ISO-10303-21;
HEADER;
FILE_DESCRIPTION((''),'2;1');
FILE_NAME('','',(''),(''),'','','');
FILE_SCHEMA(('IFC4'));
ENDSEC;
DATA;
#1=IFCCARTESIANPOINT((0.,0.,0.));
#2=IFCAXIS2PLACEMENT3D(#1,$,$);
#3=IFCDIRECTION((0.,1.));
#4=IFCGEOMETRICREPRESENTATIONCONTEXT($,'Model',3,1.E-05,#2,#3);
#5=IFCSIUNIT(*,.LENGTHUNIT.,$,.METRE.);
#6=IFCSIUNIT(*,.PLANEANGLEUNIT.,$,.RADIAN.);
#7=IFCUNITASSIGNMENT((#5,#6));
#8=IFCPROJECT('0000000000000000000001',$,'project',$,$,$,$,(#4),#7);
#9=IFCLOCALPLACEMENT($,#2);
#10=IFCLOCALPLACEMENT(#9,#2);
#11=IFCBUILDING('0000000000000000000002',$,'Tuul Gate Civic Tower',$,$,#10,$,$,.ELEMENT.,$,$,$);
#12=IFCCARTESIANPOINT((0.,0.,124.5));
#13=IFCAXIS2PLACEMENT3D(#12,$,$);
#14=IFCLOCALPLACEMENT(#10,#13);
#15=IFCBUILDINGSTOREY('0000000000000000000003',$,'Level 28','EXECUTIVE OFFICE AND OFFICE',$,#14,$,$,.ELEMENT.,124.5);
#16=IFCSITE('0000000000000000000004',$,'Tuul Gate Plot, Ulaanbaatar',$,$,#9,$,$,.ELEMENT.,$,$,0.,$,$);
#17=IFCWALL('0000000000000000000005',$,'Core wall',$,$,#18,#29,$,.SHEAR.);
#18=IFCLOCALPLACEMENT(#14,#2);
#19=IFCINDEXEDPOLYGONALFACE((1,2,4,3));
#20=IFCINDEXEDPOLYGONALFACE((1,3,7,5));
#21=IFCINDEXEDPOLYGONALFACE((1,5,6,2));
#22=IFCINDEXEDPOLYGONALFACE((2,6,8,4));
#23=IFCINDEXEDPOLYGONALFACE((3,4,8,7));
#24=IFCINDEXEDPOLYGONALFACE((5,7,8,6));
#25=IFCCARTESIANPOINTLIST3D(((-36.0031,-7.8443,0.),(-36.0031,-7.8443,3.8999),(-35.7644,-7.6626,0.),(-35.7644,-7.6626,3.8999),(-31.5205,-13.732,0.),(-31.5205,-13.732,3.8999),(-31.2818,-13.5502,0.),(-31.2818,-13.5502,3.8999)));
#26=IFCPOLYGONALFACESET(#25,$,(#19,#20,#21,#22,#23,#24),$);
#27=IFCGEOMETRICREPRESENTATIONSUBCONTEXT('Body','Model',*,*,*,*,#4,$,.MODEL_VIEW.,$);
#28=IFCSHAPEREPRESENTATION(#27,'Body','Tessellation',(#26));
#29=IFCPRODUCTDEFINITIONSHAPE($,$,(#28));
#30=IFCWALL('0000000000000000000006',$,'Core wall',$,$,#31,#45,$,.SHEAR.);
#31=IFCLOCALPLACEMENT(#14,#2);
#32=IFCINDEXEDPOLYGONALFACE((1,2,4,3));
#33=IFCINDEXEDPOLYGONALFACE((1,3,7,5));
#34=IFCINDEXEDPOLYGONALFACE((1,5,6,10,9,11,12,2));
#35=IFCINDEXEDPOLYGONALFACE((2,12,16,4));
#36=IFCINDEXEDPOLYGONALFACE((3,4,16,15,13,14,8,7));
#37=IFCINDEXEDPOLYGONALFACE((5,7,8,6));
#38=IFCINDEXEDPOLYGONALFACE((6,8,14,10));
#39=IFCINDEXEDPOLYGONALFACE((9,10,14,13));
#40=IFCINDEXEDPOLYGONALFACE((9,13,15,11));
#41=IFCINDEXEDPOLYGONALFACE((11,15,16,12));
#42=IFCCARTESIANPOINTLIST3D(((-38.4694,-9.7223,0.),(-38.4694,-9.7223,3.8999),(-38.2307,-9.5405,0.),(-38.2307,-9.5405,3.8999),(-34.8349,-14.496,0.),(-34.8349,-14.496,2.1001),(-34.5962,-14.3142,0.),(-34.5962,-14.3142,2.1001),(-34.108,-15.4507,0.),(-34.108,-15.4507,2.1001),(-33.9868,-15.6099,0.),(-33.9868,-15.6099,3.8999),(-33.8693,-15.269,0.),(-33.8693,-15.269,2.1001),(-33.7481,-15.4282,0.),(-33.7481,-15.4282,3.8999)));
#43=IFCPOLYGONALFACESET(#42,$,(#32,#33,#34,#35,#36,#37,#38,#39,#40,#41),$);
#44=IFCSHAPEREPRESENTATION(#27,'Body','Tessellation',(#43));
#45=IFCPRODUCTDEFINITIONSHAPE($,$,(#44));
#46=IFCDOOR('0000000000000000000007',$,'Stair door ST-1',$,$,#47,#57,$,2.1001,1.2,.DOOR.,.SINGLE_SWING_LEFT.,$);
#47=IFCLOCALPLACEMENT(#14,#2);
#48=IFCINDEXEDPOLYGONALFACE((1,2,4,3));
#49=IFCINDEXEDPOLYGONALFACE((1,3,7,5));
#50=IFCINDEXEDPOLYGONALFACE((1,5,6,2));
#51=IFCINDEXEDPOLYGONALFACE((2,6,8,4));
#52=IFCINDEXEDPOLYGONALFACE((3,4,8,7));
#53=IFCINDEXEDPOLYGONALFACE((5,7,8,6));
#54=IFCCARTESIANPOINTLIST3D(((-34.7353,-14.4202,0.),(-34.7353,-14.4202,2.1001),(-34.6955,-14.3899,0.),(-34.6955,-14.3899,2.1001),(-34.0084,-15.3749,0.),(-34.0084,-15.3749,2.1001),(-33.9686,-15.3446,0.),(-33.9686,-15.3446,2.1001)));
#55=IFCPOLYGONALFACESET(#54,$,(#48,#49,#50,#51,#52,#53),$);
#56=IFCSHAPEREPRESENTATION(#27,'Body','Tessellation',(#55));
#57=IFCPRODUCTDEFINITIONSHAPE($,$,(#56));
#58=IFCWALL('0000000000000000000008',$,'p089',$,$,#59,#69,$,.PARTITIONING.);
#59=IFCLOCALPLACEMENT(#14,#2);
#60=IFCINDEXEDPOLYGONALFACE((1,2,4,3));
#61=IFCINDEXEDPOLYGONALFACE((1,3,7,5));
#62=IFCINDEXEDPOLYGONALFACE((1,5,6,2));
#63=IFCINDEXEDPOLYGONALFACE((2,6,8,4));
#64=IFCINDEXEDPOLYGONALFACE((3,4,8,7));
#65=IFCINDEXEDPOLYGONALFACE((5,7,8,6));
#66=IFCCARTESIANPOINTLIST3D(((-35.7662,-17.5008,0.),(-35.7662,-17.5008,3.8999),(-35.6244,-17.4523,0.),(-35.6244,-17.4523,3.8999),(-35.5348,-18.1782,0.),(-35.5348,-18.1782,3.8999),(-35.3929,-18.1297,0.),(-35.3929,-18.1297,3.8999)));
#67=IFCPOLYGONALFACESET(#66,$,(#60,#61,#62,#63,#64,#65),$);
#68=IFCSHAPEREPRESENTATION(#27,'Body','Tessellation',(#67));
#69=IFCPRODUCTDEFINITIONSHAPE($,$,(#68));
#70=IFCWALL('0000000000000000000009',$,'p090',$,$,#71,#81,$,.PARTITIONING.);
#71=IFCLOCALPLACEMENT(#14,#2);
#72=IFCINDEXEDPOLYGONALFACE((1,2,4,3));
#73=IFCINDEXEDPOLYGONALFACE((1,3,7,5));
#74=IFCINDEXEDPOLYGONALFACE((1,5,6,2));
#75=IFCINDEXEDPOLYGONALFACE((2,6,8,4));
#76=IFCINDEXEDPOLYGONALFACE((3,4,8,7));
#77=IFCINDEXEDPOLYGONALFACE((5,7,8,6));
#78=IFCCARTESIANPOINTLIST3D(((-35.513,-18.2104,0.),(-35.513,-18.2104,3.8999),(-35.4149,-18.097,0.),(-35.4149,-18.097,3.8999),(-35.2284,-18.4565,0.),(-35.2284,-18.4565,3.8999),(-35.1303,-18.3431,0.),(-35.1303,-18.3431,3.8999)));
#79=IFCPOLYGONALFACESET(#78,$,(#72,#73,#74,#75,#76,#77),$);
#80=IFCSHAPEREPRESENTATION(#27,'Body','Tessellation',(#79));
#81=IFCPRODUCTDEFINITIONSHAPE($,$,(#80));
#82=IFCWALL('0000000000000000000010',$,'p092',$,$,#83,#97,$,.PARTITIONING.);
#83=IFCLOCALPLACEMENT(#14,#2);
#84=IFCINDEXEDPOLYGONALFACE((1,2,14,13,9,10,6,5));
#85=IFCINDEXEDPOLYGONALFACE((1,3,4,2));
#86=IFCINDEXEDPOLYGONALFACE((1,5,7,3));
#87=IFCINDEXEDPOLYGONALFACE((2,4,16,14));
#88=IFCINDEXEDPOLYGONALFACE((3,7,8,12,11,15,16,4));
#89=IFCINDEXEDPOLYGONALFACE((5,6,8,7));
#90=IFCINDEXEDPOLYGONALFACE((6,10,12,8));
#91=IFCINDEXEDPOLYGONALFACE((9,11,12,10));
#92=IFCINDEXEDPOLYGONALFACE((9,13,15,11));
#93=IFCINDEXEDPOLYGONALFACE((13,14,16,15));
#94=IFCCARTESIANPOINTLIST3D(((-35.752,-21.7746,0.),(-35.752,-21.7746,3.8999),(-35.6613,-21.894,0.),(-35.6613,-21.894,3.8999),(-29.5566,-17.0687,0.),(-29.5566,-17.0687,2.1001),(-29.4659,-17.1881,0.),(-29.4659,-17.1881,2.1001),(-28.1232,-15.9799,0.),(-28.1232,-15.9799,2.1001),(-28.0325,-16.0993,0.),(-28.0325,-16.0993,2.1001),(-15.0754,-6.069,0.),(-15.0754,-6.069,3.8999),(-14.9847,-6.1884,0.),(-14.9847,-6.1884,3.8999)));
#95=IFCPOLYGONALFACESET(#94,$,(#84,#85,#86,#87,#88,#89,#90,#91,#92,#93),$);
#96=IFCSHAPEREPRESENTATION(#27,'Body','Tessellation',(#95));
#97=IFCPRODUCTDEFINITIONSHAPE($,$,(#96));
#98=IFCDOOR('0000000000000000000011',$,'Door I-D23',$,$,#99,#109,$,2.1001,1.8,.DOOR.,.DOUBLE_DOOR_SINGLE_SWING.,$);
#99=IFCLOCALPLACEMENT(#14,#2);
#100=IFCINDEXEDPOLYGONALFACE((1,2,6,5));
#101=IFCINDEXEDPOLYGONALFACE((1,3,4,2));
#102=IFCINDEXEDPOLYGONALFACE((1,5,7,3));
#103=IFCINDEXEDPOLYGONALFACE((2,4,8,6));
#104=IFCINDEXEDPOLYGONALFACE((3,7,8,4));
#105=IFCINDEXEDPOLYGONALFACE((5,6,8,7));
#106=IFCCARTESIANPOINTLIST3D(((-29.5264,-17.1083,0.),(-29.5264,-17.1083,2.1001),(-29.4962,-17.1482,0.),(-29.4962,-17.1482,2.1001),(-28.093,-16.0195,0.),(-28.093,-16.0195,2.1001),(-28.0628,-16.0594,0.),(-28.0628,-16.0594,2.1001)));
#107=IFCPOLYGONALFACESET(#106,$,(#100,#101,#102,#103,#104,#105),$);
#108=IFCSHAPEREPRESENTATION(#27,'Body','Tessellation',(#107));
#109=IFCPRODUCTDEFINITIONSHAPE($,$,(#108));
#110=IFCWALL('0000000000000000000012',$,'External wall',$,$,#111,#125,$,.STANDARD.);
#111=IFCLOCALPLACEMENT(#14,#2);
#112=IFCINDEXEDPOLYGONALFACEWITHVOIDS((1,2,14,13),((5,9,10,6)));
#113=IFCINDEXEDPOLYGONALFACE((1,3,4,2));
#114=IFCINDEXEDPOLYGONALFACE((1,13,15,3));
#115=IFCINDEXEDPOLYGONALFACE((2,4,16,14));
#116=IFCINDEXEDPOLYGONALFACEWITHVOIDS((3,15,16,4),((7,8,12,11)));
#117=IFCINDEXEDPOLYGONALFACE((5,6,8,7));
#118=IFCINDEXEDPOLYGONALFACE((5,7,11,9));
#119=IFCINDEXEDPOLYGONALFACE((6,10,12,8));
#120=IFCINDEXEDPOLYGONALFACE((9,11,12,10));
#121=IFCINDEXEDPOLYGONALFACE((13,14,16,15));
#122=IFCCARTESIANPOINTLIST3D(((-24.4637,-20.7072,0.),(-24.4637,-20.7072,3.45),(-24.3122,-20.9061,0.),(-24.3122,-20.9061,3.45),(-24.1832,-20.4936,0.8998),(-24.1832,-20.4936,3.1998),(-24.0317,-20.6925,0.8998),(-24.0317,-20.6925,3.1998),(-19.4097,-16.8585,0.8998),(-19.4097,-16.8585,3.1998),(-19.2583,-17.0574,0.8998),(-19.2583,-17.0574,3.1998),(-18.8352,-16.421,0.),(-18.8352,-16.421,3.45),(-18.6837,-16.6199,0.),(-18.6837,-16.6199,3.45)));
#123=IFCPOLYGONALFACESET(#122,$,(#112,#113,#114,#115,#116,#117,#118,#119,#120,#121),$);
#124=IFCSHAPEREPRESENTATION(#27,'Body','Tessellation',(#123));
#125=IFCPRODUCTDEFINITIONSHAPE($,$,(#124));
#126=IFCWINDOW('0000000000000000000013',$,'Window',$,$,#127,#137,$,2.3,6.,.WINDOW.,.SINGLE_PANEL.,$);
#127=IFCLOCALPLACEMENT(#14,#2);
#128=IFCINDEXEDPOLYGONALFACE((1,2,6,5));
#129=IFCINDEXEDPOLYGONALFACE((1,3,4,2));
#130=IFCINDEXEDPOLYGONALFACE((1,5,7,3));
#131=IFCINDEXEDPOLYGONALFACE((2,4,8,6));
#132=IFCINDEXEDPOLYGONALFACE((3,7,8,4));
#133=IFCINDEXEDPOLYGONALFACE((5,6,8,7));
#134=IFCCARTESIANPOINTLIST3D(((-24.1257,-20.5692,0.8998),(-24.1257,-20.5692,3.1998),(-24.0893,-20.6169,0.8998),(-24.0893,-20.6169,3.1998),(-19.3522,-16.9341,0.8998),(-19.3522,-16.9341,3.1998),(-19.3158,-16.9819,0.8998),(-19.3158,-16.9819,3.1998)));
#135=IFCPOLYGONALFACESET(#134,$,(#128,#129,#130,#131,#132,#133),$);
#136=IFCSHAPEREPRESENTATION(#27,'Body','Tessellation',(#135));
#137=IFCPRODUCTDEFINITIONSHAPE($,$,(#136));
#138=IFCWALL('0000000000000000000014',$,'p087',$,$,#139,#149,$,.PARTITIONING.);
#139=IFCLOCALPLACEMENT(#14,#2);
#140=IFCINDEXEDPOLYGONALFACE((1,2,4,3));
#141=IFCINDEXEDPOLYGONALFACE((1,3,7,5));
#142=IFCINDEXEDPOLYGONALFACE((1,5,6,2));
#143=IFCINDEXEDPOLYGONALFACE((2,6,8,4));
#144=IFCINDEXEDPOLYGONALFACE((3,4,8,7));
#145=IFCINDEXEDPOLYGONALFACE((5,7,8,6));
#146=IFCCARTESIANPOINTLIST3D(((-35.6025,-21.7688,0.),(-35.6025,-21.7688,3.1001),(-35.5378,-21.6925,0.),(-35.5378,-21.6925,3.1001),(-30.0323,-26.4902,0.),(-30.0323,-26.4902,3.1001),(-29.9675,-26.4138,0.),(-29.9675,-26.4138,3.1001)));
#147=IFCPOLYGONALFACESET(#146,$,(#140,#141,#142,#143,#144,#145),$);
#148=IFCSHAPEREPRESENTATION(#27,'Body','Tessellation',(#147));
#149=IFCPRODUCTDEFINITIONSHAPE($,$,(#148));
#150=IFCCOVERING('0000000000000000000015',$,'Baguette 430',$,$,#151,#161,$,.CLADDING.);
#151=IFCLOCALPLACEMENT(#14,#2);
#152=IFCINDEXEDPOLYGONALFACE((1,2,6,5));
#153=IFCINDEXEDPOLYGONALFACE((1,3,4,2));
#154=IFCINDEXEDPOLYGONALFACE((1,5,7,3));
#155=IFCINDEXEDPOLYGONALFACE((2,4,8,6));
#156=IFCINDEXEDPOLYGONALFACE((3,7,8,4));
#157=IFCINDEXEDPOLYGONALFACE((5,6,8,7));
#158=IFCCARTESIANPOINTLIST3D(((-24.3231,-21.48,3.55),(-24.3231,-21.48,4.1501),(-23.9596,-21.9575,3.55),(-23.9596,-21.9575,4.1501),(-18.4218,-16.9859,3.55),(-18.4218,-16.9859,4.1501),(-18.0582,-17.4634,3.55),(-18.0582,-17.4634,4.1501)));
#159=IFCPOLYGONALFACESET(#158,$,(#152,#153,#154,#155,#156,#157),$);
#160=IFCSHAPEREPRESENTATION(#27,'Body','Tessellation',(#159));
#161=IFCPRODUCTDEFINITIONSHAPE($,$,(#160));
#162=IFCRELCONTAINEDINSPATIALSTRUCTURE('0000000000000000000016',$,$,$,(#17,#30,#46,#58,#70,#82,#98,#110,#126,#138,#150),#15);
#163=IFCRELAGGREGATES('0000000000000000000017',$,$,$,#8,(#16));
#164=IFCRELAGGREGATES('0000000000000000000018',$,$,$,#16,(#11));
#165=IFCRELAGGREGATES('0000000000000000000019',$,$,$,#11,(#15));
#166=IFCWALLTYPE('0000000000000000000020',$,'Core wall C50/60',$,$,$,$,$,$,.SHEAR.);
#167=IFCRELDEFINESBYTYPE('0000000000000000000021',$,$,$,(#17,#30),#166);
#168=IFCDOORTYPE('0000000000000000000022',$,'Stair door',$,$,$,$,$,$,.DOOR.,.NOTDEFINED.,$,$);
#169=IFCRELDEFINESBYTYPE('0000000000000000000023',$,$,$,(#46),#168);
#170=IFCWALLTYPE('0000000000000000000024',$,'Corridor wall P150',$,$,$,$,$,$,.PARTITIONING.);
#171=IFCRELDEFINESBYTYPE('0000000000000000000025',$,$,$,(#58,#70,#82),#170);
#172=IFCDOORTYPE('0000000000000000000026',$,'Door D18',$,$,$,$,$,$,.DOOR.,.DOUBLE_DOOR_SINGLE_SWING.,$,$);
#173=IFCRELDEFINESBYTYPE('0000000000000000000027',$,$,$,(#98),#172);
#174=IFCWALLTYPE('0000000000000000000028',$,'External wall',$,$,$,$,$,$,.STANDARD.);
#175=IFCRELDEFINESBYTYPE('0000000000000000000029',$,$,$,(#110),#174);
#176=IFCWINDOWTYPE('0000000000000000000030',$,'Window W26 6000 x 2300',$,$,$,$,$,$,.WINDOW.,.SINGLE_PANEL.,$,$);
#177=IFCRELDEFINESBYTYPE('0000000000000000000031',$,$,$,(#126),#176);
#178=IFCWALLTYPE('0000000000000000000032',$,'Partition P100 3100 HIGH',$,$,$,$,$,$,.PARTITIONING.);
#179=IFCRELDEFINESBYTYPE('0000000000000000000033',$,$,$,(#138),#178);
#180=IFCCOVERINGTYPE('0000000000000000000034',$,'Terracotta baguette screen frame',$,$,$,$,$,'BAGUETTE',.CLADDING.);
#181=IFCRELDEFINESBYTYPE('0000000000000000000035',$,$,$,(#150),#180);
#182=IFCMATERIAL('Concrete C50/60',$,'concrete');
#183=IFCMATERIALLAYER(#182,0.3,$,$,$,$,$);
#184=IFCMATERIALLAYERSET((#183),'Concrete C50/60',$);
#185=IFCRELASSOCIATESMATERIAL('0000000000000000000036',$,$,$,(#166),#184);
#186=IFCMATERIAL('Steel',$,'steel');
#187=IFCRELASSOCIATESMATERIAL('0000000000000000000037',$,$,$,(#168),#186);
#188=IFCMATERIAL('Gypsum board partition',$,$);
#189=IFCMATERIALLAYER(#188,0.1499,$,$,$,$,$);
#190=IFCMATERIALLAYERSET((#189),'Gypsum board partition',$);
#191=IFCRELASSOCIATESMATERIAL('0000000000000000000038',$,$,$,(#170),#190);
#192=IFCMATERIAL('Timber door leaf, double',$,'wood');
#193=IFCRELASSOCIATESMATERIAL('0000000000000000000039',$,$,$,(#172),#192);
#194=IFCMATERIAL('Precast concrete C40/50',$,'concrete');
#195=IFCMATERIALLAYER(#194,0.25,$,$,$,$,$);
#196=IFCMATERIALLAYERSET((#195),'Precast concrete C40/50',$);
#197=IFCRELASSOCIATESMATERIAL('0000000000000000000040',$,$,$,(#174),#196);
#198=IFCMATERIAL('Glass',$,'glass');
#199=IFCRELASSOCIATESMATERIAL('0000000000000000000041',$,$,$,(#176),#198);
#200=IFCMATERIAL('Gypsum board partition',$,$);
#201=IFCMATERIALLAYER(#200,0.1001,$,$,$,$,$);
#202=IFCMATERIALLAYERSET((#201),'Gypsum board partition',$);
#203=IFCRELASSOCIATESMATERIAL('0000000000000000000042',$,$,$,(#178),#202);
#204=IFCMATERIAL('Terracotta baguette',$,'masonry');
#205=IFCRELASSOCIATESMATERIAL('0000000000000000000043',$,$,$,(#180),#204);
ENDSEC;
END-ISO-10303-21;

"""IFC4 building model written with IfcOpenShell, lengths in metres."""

from ifc_helpers import new_model, si_unit, direction, frame, frame_2d, origin, origin_2d, place, context, subcontext, project, spatial, rectangle, extrude, material, layer, layer_set, material_profile, profile_set, type_object, element, fill, save


model = new_model("IFC4")

# Units and contexts
model_context = context("Model", 3, precision=1e-05, world=origin(), true_north=direction((0.0, 1.0)))
body_context = subcontext(model_context, "Body", "Model", "MODEL_VIEW")
ifc_project = project(units=[si_unit("LENGTHUNIT", "METRE"), si_unit("PLANEANGLEUNIT", "RADIAN")], contexts=[model_context])

# Site, building, storey
site_placement = place(None, origin())
site = spatial("IfcSite", under=ifc_project, at=site_placement, Name="Tuul Gate Plot, Ulaanbaatar", CompositionType="ELEMENT", RefElevation=0.0)
building_placement = place(site_placement, origin())
building = spatial("IfcBuilding", under=site, at=building_placement, Name="Tuul Gate Civic Tower", CompositionType="ELEMENT")
storey_placement = place(building_placement, frame((0.0, 0.0, 124.5)))
storey = spatial("IfcBuildingStorey", under=building, at=storey_placement, Name="Level 28", Description="EXECUTIVE OFFICE AND OFFICE", CompositionType="ELEMENT", Elevation=124.5)

# Shared definitions
ifc_material_1 = material(Name="Concrete C50/60", Category="concrete")
ifc_layer_1 = layer(ifc_material_1, 0.3)
ifc_layer_set_1 = layer_set([ifc_layer_1], Name="Concrete C50/60")
wall_type_1 = type_object("IfcWallType", Name="Core wall C50/60", PredefinedType="SHEAR", material=ifc_layer_set_1)

# Wall
wall_1_placement = place(storey_placement, frame((-31.4011, -13.6411, 0.0), z_axis=(0.0, 0.0, 1.0), x_axis=(-0.60577, 0.79564, 0.0)))
element("IfcWall", 1, at=wall_1_placement, inside=storey, type_object=wall_type_1, Name="Core wall", PredefinedType="SHEAR", context=body_context, shape_type="SweptSolid", body=[
    extrude(rectangle(XDim=7.3999, YDim=0.3, at=frame_2d((3.7, 0.0))), origin(), (0.0, 0.0, 1.0), 3.8999),
])

# Wall, opening, door
wall_2_placement = place(storey_placement, frame((-33.8674, -15.519, 0.0), z_axis=(0.0, 0.0, 1.0), x_axis=(-0.60577, 0.79564, 0.0)))
wall_2 = element("IfcWall", 2, at=wall_2_placement, inside=storey, type_object=wall_type_1, Name="Core wall", PredefinedType="SHEAR", context=body_context, shape_type="SweptSolid", body=[
    extrude(rectangle(XDim=7.3999, YDim=0.3, at=frame_2d((3.7, 0.0))), origin(), (0.0, 0.0, 1.0), 3.8999),
])
opening_1_placement = place(wall_2_placement, frame((0.2, 0.0, 0.0)))
opening_1 = element("IfcOpeningElement", 3, at=opening_1_placement, cuts=wall_2, PredefinedType="OPENING", context=body_context, shape_type="SweptSolid", body=[
    extrude(rectangle(XDim=1.2, YDim=2.1001, at=frame_2d((0.6001, 1.05))), frame((0.0, 0.1602, 0.0), z_axis=(0.0, -1.0, 0.0), x_axis=(1.0, 0.0, 0.0)), (0.0, 0.0, 1.0), 0.3201),
])
ifc_material_2 = material(Name="Steel", Category="steel")
door_type_1 = type_object("IfcDoorType", Name="Stair door", OperationType="NOTDEFINED", PredefinedType="DOOR", material=ifc_material_2)
door_1_placement = place(opening_1_placement, origin())
door_1 = element("IfcDoor", 4, at=door_1_placement, inside=storey, type_object=door_type_1, Name="Stair door ST-1", OperationType="SINGLE_SWING_LEFT", OverallHeight=2.1001, OverallWidth=1.2, PredefinedType="DOOR", context=body_context, shape_type="SweptSolid", body=[
    extrude(rectangle(XDim=1.2, YDim=2.1001, at=frame_2d((0.6001, 1.05))), frame((0.0, 0.0249, 0.0), z_axis=(0.0, -1.0, 0.0), x_axis=(1.0, 0.0, 0.0)), (0.0, 0.0, 1.0), 0.05),
])
fill(opening_1, door_1)

# Walls
ifc_material_3 = material(Name="Gypsum board partition")
ifc_layer_2 = layer(ifc_material_3, 0.1499)
ifc_layer_set_2 = layer_set([ifc_layer_2], Name="Gypsum board partition")
wall_type_2 = type_object("IfcWallType", Name="Corridor wall P150", PredefinedType="PARTITIONING", material=ifc_layer_set_2)
wall_3_placement = place(storey_placement, frame((-35.6953, -17.4766, 0.0), z_axis=(0.0, 0.0, 1.0), x_axis=(0.323382, -0.946268, 0.0)))
element("IfcWall", 5, at=wall_3_placement, inside=storey, type_object=wall_type_2, Name="p089", PredefinedType="PARTITIONING", context=body_context, shape_type="SweptSolid", body=[
    extrude(rectangle(XDim=0.7158, YDim=0.1499, at=frame_2d((0.3579, 0.0))), origin(), (0.0, 0.0, 1.0), 3.8999),
])
wall_4_placement = place(storey_placement, frame((-35.4639, -18.1538, 0.0), z_axis=(0.0, 0.0, 1.0), x_axis=(0.756502, -0.653991, 0.0)))
element("IfcWall", 6, at=wall_4_placement, inside=storey, type_object=wall_type_2, Name="p090", PredefinedType="PARTITIONING", context=body_context, shape_type="SweptSolid", body=[
    extrude(rectangle(XDim=0.3762, YDim=0.1499, at=frame_2d((0.188, 0.0))), origin(), (0.0, 0.0, 1.0), 3.8999),
])

# Wall, opening, door
wall_5_placement = place(storey_placement, frame((-35.7065, -21.8342, 0.0), z_axis=(0.0, 0.0, 1.0), x_axis=(0.796321, 0.604874, 0.0)))
wall_5 = element("IfcWall", 7, at=wall_5_placement, inside=storey, type_object=wall_type_2, Name="p092", PredefinedType="PARTITIONING", context=body_context, shape_type="SweptSolid", body=[
    extrude(rectangle(XDim=25.9651, YDim=0.1499, at=frame_2d((12.9824, 0.0))), origin(), (0.0, 0.0, 1.0), 3.8999),
])
opening_2_placement = place(wall_5_placement, frame((7.78, 0.0, 0.0)))
opening_2 = element("IfcOpeningElement", 8, at=opening_2_placement, cuts=wall_5, PredefinedType="OPENING", context=body_context, shape_type="SweptSolid", body=[
    extrude(rectangle(XDim=1.8, YDim=2.1001, at=frame_2d((0.8999, 1.05))), frame((0.0, 0.085, 0.0), z_axis=(0.0, -1.0, 0.0), x_axis=(1.0, 0.0, 0.0)), (0.0, 0.0, 1.0), 0.1699),
])
ifc_material_4 = material(Name="Timber door leaf, double", Category="wood")
door_type_2 = type_object("IfcDoorType", Name="Door D18", OperationType="DOUBLE_DOOR_SINGLE_SWING", PredefinedType="DOOR", material=ifc_material_4)
door_2_placement = place(opening_2_placement, frame((1.8, 0.0, 0.0), z_axis=(0.0, 0.0, 1.0), x_axis=(-1.0, 0.0, 0.0)))
door_2 = element("IfcDoor", 9, at=door_2_placement, inside=storey, type_object=door_type_2, Name="Door I-D23", OperationType="DOUBLE_DOOR_SINGLE_SWING", OverallHeight=2.1001, OverallWidth=1.8, PredefinedType="DOOR", context=body_context, shape_type="SweptSolid", body=[
    extrude(rectangle(XDim=1.8, YDim=2.1001, at=frame_2d((0.9001, 1.05))), frame((0.0, 0.0249, 0.0), z_axis=(0.0, -1.0, 0.0), x_axis=(1.0, 0.0, 0.0)), (0.0, 0.0, 1.0), 0.05),
])
fill(opening_2, door_2)

# Wall, opening, window
ifc_material_5 = material(Name="Precast concrete C40/50", Category="concrete")
ifc_layer_3 = layer(ifc_material_5, 0.25)
ifc_layer_set_3 = layer_set([ifc_layer_3], Name="Precast concrete C40/50")
wall_type_3 = type_object("IfcWallType", Name="External wall", PredefinedType="STANDARD", material=ifc_layer_set_3)
wall_6_placement = place(storey_placement, frame((-24.3879, -20.8066, 0.0), z_axis=(0.0, 0.0, 1.0), x_axis=(0.795581, 0.605848, 0.0)))
wall_6 = element("IfcWall", 10, at=wall_6_placement, inside=storey, type_object=wall_type_3, Name="External wall", PredefinedType="STANDARD", context=body_context, shape_type="SweptSolid", body=[
    extrude(rectangle(XDim=7.0747, YDim=0.25, at=frame_2d((3.5374, 0.0))), origin(), (0.0, 0.0, 1.0), 3.45),
])
opening_3_placement = place(wall_6_placement, frame((0.3525, 0.0, 0.8999)))
opening_3 = element("IfcOpeningElement", 11, at=opening_3_placement, cuts=wall_6, PredefinedType="OPENING", context=body_context, shape_type="SweptSolid", body=[
    extrude(rectangle(XDim=6.0, YDim=2.3, at=frame_2d((3.0, 1.1499))), frame((0.0, 0.135, 0.0), z_axis=(0.0, -1.0, 0.0), x_axis=(1.0, 0.0, 0.0)), (0.0, 0.0, 1.0), 0.27),
])
ifc_material_6 = material(Name="Glass", Category="glass")
window_type = type_object("IfcWindowType", Name="Window W26 6000 x 2300", PartitioningType="SINGLE_PANEL", PredefinedType="WINDOW", material=ifc_material_6)
window_placement = place(opening_3_placement, origin())
window = element("IfcWindow", 12, at=window_placement, inside=storey, type_object=window_type, Name="Window", OverallHeight=2.3, OverallWidth=6.0, PartitioningType="SINGLE_PANEL", PredefinedType="WINDOW", context=body_context, shape_type="SweptSolid", body=[
    extrude(rectangle(XDim=6.0, YDim=2.3, at=frame_2d((3.0, 1.1499))), frame((0.0, 0.03, 0.0), z_axis=(0.0, -1.0, 0.0), x_axis=(1.0, 0.0, 0.0)), (0.0, 0.0, 1.0), 0.0601),
])
fill(opening_3, window)

# Wall
ifc_material_7 = material(Name="Gypsum board partition")
ifc_layer_4 = layer(ifc_material_7, 0.1001)
ifc_layer_set_4 = layer_set([ifc_layer_4], Name="Gypsum board partition")
wall_type_4 = type_object("IfcWallType", Name="Partition P100 3100 HIGH", PredefinedType="PARTITIONING", material=ifc_layer_set_4)
wall_7_placement = place(storey_placement, frame((-35.5701, -21.7307, 0.0), z_axis=(0.0, 0.0, 1.0), x_axis=(0.762839, -0.646588, 0.0)))
element("IfcWall", 13, at=wall_7_placement, inside=storey, type_object=wall_type_4, Name="p087", PredefinedType="PARTITIONING", context=body_context, shape_type="SweptSolid", body=[
    extrude(rectangle(XDim=7.302, YDim=0.1001, at=frame_2d((3.6509, 0.0))), origin(), (0.0, 0.0, 1.0), 3.1001),
])

# Covering
ifc_material_8 = material(Name="Terracotta baguette", Category="masonry")
ifc_material_profile_1 = material_profile(ifc_material_8, rectangle(XDim=0.6001, YDim=0.6001, at=origin_2d()), Name="Terracotta baguette screen frame")
ifc_profile_set_1 = profile_set([ifc_material_profile_1], Name="Terracotta baguette")
covering_type = type_object("IfcCoveringType", Name="Terracotta baguette screen frame", ElementType="BAGUETTE", PredefinedType="CLADDING", material=ifc_profile_set_1)
covering_placement = place(storey_placement, frame((-24.1414, -21.7188, 3.8501), z_axis=(0.795571, 0.605861, 0.0), x_axis=(-0.605861, 0.795571, 0.0)))
element("IfcCovering", 14, at=covering_placement, inside=storey, type_object=covering_type, Name="Baguette 430", PredefinedType="CLADDING", context=body_context, shape_type="SweptSolid", body=[
    extrude(rectangle(XDim=0.6001, YDim=0.6001, at=origin_2d()), origin(), (0.0, 0.0, 1.0), 7.4177),
])

save(model, "model.ifc")
